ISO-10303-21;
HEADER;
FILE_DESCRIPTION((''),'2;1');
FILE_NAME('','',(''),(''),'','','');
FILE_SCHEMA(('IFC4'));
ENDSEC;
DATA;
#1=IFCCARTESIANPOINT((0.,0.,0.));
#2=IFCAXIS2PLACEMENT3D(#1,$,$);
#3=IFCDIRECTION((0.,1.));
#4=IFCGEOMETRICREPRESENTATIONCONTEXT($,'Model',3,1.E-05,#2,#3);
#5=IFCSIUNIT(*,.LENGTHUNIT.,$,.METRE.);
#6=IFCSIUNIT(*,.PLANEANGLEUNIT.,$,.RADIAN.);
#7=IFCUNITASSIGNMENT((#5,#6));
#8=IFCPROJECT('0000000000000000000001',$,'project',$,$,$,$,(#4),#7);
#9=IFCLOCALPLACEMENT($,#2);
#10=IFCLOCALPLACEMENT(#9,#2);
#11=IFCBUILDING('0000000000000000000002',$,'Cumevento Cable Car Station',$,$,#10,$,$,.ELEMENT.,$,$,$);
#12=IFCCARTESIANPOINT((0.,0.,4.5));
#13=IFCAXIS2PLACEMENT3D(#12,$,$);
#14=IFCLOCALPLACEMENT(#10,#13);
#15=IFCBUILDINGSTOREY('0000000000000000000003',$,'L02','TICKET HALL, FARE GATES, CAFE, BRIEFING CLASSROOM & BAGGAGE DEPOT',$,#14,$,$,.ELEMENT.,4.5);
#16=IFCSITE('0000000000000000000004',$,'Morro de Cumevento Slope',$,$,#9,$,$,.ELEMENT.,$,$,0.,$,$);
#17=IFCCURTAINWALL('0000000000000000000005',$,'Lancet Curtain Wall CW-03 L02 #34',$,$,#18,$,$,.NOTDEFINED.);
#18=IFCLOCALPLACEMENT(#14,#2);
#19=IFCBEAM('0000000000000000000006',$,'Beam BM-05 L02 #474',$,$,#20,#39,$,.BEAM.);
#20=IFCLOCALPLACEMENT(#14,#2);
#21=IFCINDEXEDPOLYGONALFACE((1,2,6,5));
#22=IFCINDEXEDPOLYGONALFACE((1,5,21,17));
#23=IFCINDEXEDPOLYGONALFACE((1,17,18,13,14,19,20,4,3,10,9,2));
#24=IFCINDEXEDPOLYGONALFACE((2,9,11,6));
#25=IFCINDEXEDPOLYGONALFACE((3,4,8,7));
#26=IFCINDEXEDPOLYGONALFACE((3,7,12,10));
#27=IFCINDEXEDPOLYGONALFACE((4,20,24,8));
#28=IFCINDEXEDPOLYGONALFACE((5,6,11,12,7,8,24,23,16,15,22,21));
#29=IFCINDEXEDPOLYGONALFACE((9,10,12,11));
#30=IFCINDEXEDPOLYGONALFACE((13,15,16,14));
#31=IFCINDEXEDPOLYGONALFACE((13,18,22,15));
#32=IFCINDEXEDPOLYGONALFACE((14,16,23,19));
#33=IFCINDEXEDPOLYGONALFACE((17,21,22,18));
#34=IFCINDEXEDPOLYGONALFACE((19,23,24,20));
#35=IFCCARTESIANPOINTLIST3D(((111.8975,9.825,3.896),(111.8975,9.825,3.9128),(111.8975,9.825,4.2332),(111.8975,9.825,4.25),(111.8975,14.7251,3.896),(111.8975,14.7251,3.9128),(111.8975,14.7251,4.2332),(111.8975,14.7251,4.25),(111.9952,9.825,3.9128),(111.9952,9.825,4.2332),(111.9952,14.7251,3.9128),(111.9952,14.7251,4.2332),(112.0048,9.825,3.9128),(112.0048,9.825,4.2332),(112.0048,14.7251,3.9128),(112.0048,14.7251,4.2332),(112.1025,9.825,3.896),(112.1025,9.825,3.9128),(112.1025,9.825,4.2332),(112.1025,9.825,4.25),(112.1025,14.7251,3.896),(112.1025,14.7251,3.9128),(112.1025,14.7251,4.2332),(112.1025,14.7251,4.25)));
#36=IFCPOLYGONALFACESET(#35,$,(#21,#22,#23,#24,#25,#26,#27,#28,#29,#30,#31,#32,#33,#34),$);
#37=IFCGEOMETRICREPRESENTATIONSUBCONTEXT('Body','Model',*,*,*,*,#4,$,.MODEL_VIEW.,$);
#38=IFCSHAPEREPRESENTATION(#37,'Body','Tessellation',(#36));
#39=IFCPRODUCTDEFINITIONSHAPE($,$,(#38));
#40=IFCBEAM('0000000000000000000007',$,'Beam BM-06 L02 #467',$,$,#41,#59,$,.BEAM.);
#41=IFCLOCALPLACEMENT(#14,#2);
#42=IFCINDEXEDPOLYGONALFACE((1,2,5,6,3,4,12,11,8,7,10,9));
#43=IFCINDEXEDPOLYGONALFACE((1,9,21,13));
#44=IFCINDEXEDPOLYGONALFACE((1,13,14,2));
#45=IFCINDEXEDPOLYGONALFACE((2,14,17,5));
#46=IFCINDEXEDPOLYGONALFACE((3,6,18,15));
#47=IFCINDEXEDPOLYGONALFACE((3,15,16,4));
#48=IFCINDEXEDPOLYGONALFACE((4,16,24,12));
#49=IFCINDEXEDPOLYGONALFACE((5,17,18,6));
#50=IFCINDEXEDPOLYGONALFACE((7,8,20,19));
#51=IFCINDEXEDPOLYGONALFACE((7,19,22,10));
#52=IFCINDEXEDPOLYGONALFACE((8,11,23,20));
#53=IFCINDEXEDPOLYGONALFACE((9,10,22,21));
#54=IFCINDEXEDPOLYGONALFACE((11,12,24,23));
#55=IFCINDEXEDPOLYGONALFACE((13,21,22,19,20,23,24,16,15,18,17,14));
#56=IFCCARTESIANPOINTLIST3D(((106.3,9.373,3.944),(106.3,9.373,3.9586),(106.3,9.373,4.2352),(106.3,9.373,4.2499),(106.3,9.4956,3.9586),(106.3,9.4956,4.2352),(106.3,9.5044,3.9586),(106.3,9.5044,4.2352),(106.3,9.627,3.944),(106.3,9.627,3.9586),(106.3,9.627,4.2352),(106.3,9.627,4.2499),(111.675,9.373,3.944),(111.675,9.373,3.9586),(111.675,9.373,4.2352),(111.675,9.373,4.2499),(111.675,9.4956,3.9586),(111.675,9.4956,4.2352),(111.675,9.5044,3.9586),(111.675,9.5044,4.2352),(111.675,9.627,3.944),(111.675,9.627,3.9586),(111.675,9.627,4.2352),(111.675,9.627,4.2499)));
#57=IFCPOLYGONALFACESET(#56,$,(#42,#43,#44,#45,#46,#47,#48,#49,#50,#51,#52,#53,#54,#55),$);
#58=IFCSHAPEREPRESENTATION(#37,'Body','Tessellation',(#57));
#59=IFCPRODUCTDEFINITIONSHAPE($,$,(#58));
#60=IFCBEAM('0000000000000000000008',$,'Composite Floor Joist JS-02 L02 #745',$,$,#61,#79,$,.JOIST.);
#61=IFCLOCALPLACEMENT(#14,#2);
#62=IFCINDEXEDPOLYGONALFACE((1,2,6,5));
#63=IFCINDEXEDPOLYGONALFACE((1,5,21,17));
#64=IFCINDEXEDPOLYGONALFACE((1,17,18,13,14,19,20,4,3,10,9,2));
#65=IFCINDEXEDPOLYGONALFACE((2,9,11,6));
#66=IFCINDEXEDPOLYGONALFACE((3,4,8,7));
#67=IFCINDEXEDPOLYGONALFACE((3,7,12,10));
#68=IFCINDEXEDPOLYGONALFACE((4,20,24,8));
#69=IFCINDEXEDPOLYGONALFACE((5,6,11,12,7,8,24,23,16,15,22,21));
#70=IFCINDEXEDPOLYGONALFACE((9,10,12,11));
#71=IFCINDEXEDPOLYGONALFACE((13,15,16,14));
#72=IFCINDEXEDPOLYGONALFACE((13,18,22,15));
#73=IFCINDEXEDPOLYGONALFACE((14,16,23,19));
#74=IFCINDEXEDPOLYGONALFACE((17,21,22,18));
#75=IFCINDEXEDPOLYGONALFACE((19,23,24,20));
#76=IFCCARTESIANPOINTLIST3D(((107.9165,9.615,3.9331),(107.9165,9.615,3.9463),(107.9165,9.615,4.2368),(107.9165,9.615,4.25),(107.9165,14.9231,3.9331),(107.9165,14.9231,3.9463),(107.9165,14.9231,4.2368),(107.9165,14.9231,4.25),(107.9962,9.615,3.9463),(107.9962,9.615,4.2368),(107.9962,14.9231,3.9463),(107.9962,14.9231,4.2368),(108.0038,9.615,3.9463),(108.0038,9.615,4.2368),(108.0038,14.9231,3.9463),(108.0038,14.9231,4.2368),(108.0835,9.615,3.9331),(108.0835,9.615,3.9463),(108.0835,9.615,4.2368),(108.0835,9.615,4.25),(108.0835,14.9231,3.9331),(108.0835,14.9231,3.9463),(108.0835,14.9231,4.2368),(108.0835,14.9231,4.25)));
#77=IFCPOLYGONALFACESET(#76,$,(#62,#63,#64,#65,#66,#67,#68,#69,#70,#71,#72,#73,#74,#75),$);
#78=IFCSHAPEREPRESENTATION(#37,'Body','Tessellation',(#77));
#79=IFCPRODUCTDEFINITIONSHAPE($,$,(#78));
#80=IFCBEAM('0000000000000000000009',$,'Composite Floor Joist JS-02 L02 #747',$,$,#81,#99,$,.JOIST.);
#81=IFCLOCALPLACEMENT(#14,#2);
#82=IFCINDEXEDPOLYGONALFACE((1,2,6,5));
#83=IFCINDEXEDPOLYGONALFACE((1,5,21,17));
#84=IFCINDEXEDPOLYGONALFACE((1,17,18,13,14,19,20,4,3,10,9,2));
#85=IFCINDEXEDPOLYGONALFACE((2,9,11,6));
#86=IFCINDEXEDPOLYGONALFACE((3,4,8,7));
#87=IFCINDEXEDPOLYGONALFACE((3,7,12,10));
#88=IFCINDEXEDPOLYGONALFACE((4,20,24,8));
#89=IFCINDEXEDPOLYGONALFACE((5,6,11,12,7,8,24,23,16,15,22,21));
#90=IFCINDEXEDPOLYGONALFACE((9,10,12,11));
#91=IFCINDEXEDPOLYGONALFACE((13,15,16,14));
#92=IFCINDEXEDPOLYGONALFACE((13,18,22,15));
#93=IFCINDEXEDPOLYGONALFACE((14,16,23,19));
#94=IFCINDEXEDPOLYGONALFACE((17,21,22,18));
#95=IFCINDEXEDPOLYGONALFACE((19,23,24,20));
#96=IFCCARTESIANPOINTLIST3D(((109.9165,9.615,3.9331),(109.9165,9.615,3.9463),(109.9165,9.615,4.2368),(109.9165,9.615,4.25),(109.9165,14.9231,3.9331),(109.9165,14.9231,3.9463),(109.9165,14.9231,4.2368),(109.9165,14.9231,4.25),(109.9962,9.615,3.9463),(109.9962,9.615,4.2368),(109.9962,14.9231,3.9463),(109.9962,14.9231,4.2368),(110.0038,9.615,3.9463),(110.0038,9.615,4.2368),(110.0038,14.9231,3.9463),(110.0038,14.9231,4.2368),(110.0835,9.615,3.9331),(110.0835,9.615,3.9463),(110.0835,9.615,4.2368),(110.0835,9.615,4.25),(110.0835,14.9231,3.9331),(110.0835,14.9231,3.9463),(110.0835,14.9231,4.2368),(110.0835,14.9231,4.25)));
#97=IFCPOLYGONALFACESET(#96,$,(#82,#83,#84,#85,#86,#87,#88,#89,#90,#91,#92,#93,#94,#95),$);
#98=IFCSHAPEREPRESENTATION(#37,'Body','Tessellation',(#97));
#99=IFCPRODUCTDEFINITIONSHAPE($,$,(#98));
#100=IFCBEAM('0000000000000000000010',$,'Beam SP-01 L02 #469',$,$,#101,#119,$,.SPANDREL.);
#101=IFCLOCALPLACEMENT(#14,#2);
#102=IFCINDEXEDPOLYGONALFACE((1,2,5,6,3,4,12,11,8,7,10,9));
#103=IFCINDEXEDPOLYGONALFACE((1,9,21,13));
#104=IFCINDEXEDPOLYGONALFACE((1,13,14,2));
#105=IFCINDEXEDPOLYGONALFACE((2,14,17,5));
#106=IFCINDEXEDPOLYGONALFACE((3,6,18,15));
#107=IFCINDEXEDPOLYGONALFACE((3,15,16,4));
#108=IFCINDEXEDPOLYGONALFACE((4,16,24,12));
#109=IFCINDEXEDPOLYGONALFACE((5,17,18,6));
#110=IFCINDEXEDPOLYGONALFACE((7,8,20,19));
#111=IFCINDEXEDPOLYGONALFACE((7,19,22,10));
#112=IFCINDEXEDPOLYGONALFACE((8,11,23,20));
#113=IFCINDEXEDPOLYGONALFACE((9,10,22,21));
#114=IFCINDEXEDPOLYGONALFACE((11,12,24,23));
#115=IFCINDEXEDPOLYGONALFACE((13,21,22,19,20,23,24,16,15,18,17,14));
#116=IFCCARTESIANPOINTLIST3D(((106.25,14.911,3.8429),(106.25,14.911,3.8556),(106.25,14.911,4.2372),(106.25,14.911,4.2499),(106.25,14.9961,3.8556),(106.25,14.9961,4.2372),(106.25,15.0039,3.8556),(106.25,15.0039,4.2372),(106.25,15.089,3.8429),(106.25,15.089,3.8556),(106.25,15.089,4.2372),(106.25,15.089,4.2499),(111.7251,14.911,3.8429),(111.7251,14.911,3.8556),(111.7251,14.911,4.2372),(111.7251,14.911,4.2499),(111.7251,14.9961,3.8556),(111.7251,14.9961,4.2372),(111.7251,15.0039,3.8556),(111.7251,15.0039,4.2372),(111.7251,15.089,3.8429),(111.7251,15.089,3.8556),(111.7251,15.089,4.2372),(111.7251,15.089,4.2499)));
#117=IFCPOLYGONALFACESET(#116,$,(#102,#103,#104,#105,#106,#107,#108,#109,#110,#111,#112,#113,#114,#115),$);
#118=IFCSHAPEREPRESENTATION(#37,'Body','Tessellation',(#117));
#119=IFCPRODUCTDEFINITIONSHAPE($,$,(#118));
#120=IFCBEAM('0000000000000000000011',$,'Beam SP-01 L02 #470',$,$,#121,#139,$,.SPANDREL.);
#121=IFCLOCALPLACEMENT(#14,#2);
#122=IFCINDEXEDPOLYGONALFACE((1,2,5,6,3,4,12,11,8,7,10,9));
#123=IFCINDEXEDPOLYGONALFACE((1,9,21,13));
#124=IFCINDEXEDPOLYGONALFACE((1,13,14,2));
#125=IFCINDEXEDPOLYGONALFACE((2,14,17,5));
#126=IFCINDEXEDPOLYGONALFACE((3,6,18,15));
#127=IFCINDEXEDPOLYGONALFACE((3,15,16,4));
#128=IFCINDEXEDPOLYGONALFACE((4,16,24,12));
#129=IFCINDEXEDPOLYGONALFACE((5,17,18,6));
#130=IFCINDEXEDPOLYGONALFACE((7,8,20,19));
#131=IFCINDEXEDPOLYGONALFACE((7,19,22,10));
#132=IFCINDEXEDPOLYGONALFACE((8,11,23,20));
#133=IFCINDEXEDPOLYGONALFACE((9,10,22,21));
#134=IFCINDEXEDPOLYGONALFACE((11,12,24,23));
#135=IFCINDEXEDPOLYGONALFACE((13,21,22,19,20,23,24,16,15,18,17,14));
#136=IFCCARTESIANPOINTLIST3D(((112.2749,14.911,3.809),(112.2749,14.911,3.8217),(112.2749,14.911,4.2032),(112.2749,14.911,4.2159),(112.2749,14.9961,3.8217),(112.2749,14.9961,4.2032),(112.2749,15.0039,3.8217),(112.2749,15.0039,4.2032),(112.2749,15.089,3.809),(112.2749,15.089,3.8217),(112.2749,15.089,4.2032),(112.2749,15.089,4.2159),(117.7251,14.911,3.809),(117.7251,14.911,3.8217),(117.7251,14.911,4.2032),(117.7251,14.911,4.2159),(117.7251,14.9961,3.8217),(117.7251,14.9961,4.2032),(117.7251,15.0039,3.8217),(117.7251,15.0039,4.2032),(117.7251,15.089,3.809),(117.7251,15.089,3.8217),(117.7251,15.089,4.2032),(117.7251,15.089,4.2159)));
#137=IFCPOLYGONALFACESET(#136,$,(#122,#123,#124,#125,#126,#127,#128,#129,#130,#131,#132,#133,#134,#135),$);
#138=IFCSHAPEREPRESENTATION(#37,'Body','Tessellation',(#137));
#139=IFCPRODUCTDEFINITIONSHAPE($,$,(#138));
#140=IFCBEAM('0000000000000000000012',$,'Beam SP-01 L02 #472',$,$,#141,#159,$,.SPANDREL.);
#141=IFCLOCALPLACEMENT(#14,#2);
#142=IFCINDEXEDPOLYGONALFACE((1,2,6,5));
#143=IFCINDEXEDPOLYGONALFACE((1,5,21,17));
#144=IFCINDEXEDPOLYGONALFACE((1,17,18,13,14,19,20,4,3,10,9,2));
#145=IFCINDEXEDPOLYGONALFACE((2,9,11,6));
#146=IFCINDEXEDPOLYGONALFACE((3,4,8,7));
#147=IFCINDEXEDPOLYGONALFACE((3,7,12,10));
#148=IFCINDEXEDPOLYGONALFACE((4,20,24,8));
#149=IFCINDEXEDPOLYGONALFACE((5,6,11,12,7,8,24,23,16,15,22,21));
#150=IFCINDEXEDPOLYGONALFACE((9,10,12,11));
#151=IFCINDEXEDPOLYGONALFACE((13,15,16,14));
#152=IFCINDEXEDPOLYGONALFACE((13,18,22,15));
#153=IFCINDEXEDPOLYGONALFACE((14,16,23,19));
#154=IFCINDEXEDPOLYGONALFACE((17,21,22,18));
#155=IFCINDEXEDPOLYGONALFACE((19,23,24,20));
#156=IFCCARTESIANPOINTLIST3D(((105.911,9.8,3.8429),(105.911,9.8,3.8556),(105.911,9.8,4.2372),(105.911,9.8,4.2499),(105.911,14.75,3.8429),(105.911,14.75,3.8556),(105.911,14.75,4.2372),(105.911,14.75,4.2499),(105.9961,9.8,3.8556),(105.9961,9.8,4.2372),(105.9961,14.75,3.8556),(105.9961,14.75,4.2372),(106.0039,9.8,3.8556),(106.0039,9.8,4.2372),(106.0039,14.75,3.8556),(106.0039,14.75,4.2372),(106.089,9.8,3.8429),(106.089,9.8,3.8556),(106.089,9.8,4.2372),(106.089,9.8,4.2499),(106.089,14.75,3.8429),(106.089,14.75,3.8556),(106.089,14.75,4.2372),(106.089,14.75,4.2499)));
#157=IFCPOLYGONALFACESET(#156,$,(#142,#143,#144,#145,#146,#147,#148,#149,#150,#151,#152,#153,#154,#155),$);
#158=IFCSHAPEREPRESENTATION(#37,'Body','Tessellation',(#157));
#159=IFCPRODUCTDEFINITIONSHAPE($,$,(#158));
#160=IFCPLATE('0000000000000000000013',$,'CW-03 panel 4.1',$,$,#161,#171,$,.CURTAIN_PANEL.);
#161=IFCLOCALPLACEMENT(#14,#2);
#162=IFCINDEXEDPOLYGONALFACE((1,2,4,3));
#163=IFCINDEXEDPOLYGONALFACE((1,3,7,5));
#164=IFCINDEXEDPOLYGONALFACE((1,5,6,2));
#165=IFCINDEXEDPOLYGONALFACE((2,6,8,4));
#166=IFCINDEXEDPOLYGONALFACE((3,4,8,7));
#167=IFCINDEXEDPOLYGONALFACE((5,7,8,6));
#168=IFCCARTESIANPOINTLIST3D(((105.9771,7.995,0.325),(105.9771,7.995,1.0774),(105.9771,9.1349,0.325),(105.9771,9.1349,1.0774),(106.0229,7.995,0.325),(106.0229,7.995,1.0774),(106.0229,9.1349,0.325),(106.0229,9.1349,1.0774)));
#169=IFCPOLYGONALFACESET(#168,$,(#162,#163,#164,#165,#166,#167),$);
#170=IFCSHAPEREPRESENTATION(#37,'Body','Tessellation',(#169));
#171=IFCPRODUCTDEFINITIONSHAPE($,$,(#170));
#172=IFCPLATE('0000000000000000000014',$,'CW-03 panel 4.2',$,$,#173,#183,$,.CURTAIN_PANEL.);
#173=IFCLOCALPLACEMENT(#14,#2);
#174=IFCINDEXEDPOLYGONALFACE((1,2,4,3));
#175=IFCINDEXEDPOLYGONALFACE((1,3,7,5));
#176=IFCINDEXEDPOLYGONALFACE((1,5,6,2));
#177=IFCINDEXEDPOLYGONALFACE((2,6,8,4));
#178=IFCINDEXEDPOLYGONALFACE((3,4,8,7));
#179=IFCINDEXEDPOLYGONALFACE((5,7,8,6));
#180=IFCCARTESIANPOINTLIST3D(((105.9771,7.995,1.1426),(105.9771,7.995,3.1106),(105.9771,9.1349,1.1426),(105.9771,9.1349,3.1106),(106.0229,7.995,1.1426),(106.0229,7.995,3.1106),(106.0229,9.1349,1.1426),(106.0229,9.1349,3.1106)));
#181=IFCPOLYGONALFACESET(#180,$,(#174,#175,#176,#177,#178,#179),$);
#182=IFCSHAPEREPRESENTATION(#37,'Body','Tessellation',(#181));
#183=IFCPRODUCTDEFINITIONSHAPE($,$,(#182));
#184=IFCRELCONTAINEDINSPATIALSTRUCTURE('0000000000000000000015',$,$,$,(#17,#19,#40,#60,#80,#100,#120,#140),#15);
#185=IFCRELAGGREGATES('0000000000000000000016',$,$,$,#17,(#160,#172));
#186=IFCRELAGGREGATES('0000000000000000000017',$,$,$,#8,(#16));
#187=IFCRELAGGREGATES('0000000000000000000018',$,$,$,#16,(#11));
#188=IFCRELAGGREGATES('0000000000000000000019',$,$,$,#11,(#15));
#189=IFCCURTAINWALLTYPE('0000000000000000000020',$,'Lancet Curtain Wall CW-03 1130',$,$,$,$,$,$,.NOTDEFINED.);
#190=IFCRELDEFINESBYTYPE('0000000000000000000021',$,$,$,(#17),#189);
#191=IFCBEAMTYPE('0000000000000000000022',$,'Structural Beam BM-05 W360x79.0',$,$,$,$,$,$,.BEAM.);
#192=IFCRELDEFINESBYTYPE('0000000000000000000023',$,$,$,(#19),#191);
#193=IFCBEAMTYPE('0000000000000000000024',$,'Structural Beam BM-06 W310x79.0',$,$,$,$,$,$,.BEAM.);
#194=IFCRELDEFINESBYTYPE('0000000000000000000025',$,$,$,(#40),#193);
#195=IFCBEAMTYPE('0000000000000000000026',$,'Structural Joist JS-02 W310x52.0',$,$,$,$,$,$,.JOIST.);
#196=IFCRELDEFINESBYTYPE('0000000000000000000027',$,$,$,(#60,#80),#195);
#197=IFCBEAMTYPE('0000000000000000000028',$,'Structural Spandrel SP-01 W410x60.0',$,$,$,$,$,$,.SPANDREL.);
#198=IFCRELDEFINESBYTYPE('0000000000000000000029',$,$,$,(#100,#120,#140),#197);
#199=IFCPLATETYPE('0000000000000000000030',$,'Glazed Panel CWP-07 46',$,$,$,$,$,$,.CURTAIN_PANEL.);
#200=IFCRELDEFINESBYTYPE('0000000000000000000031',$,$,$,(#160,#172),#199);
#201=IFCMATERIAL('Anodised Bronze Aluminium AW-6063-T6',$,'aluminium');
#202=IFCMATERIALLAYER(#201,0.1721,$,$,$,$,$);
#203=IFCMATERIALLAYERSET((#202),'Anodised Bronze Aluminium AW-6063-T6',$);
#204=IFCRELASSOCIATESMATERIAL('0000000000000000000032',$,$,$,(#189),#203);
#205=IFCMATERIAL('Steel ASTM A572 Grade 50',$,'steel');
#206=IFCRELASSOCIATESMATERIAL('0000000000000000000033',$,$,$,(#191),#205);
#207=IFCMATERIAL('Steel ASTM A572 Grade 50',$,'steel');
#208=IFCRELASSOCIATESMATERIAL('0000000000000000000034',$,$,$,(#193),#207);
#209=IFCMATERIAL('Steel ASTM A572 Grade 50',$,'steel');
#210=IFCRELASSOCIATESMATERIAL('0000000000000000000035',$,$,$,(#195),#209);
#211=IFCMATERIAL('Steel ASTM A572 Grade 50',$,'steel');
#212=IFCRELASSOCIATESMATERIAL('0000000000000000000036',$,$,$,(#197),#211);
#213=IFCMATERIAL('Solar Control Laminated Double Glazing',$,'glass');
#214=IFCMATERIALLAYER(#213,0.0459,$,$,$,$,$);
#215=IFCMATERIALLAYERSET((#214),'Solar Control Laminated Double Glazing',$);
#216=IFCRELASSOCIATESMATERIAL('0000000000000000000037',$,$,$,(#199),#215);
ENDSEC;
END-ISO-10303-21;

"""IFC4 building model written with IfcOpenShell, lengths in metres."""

from ifc_helpers import new_model, si_unit, direction, frame, origin, origin_2d, place, context, subcontext, project, spatial, rectangle, i_section, extrude, material, layer, layer_set, material_profile, profile_set, type_object, element, aggregate, save


model = new_model("IFC4")

# Units and contexts
model_context = context("Model", 3, precision=1e-05, world=origin(), true_north=direction((0.0, 1.0)))
body_context = subcontext(model_context, "Body", "Model", "MODEL_VIEW")
ifc_project = project(units=[si_unit("LENGTHUNIT", "METRE"), si_unit("PLANEANGLEUNIT", "RADIAN")], contexts=[model_context])

# Site, building, storey
site_placement = place(None, origin())
site = spatial("IfcSite", under=ifc_project, at=site_placement, Name="Morro de Cumevento Slope", CompositionType="ELEMENT", RefElevation=0.0)
building_placement = place(site_placement, origin())
building = spatial("IfcBuilding", under=site, at=building_placement, Name="Cumevento Cable Car Station", CompositionType="ELEMENT")
storey_placement = place(building_placement, frame((0.0, 0.0, 4.5)))
storey = spatial("IfcBuildingStorey", under=building, at=storey_placement, Name="L02", Description="TICKET HALL, FARE GATES, CAFE, BRIEFING CLASSROOM & BAGGAGE DEPOT", CompositionType="ELEMENT", Elevation=4.5)

# Curtain wall
ifc_material_1 = material(Name="Anodised Bronze Aluminium AW-6063-T6", Category="aluminium")
ifc_layer_1 = layer(ifc_material_1, 0.1721)
ifc_layer_set_1 = layer_set([ifc_layer_1], Name="Anodised Bronze Aluminium AW-6063-T6")
curtain_wall_type = type_object("IfcCurtainWallType", Name="Lancet Curtain Wall CW-03 1130", PredefinedType="NOTDEFINED", material=ifc_layer_set_1)
curtain_wall_placement = place(storey_placement, origin())
curtain_wall = element("IfcCurtainWall", 1, at=curtain_wall_placement, inside=storey, type_object=curtain_wall_type, Name="Lancet Curtain Wall CW-03 L02 #34", PredefinedType="NOTDEFINED")

# Beams
ifc_material_2 = material(Name="Steel ASTM A572 Grade 50", Category="steel")
ifc_material_profile_1 = material_profile(ifc_material_2, i_section(OverallWidth=0.2051, OverallDepth=0.354, WebThickness=0.0095, FlangeThickness=0.0168, at=origin_2d()), Name="W360x79.0")
ifc_profile_set_1 = profile_set([ifc_material_profile_1], Name="Steel ASTM A572 Grade 50")
beam_type_1 = type_object("IfcBeamType", Name="Structural Beam BM-05 W360x79.0", PredefinedType="BEAM", material=ifc_profile_set_1)
beam_1_placement = place(storey_placement, frame((112.0, 9.825, 4.073), z_axis=(0.0, 1.0, 0.0), x_axis=(-1.0, 0.0, 0.0)))
element("IfcBeam", 2, at=beam_1_placement, inside=storey, type_object=beam_type_1, Name="Beam BM-05 L02 #474", PredefinedType="BEAM", context=body_context, shape_type="SweptSolid", body=[
    extrude(i_section(OverallWidth=0.2051, OverallDepth=0.354, WebThickness=0.0095, FlangeThickness=0.0168, at=origin_2d()), origin(), (0.0, 0.0, 1.0), 4.9001),
])
ifc_material_3 = material(Name="Steel ASTM A572 Grade 50", Category="steel")
ifc_material_profile_2 = material_profile(ifc_material_3, i_section(OverallWidth=0.2539, OverallDepth=0.3059, WebThickness=0.0088, FlangeThickness=0.0146, at=origin_2d()), Name="W310x79.0")
ifc_profile_set_2 = profile_set([ifc_material_profile_2], Name="Steel ASTM A572 Grade 50")
beam_type_2 = type_object("IfcBeamType", Name="Structural Beam BM-06 W310x79.0", PredefinedType="BEAM", material=ifc_profile_set_2)
beam_2_placement = place(storey_placement, frame((106.3, 9.5, 4.0969), z_axis=(1.0, 0.0, 0.0), x_axis=(0.0, 1.0, 0.0)))
element("IfcBeam", 3, at=beam_2_placement, inside=storey, type_object=beam_type_2, Name="Beam BM-06 L02 #467", PredefinedType="BEAM", context=body_context, shape_type="SweptSolid", body=[
    extrude(i_section(OverallWidth=0.2539, OverallDepth=0.3059, WebThickness=0.0088, FlangeThickness=0.0146, at=origin_2d()), origin(), (0.0, 0.0, 1.0), 5.375),
])
ifc_material_4 = material(Name="Steel ASTM A572 Grade 50", Category="steel")
ifc_material_profile_3 = material_profile(ifc_material_4, i_section(OverallWidth=0.167, OverallDepth=0.3169, WebThickness=0.0076, FlangeThickness=0.0132, at=origin_2d()), Name="W310x52.0")
ifc_profile_set_3 = profile_set([ifc_material_profile_3], Name="Steel ASTM A572 Grade 50")
beam_type_3 = type_object("IfcBeamType", Name="Structural Joist JS-02 W310x52.0", PredefinedType="JOIST", material=ifc_profile_set_3)
for number, where, z_axis, x_axis, name in (
    (4, (108.0, 9.615, 4.0916), (0.0, 1.0, 0.0), (-1.0, 0.0, 0.0), "Composite Floor Joist JS-02 L02 #745"),
    (5, (110.0, 9.615, 4.0916), (0.0, 1.0, 0.0), (-1.0, 0.0, 0.0), "Composite Floor Joist JS-02 L02 #747"),
):
    element("IfcBeam", number, at=place(storey_placement, frame(where, z_axis=z_axis, x_axis=x_axis)), inside=storey, type_object=beam_type_3, Name=name, PredefinedType="JOIST", context=body_context, shape_type="SweptSolid", body=[
        extrude(i_section(OverallWidth=0.167, OverallDepth=0.3169, WebThickness=0.0076, FlangeThickness=0.0132, at=origin_2d()), origin(), (0.0, 0.0, 1.0), 5.3081),
    ])
ifc_material_5 = material(Name="Steel ASTM A572 Grade 50", Category="steel")
ifc_material_profile_4 = material_profile(ifc_material_5, i_section(OverallWidth=0.178, OverallDepth=0.407, WebThickness=0.0078, FlangeThickness=0.0127, at=origin_2d()), Name="W410x60.0")
ifc_profile_set_4 = profile_set([ifc_material_profile_4], Name="Steel ASTM A572 Grade 50")
beam_type_4 = type_object("IfcBeamType", Name="Structural Spandrel SP-01 W410x60.0", PredefinedType="SPANDREL", material=ifc_profile_set_4)
beam_3_placement = place(storey_placement, frame((106.25, 15.0, 4.0464), z_axis=(1.0, 0.0, 0.0), x_axis=(0.0, 1.0, 0.0)))
element("IfcBeam", 6, at=beam_3_placement, inside=storey, type_object=beam_type_4, Name="Beam SP-01 L02 #469", PredefinedType="SPANDREL", context=body_context, shape_type="SweptSolid", body=[
    extrude(i_section(OverallWidth=0.178, OverallDepth=0.407, WebThickness=0.0078, FlangeThickness=0.0127, at=origin_2d()), origin(), (0.0, 0.0, 1.0), 5.4751),
])
beam_4_placement = place(storey_placement, frame((112.2749, 15.0, 4.0125), z_axis=(1.0, 0.0, 0.0), x_axis=(0.0, 1.0, 0.0)))
element("IfcBeam", 7, at=beam_4_placement, inside=storey, type_object=beam_type_4, Name="Beam SP-01 L02 #470", PredefinedType="SPANDREL", context=body_context, shape_type="SweptSolid", body=[
    extrude(i_section(OverallWidth=0.178, OverallDepth=0.407, WebThickness=0.0078, FlangeThickness=0.0127, at=origin_2d()), origin(), (0.0, 0.0, 1.0), 5.4502),
])
beam_5_placement = place(storey_placement, frame((106.0, 9.8, 4.0464), z_axis=(0.0, 1.0, 0.0), x_axis=(-1.0, 0.0, 0.0)))
element("IfcBeam", 8, at=beam_5_placement, inside=storey, type_object=beam_type_4, Name="Beam SP-01 L02 #472", PredefinedType="SPANDREL", context=body_context, shape_type="SweptSolid", body=[
    extrude(i_section(OverallWidth=0.178, OverallDepth=0.407, WebThickness=0.0078, FlangeThickness=0.0127, at=origin_2d()), origin(), (0.0, 0.0, 1.0), 4.95),
])

# Plates
ifc_material_6 = material(Name="Solar Control Laminated Double Glazing", Category="glass")
ifc_layer_2 = layer(ifc_material_6, 0.0459)
ifc_layer_set_2 = layer_set([ifc_layer_2], Name="Solar Control Laminated Double Glazing")
plate_type = type_object("IfcPlateType", Name="Glazed Panel CWP-07 46", PredefinedType="CURTAIN_PANEL", material=ifc_layer_set_2)
plate_1_placement = place(storey_placement, frame((106.0, 8.5649, 0.325), z_axis=(0.0, 0.0, 1.0), x_axis=(0.0, 1.0, 0.0)))
plate_1 = element("IfcPlate", 9, at=plate_1_placement, type_object=plate_type, Name="CW-03 panel 4.1", PredefinedType="CURTAIN_PANEL", context=body_context, shape_type="SweptSolid", body=[
    extrude(rectangle(XDim=1.1399, YDim=0.0459, at=origin_2d()), origin(), (0.0, 0.0, 1.0), 0.7524),
])
plate_2_placement = place(storey_placement, frame((106.0, 8.5649, 1.1426), z_axis=(0.0, 0.0, 1.0), x_axis=(0.0, 1.0, 0.0)))
plate_2 = element("IfcPlate", 10, at=plate_2_placement, type_object=plate_type, Name="CW-03 panel 4.2", PredefinedType="CURTAIN_PANEL", context=body_context, shape_type="SweptSolid", body=[
    extrude(rectangle(XDim=1.1399, YDim=0.0459, at=origin_2d()), origin(), (0.0, 0.0, 1.0), 1.968),
])
aggregate(curtain_wall, [plate_1, plate_2])

save(model, "model.ifc")
